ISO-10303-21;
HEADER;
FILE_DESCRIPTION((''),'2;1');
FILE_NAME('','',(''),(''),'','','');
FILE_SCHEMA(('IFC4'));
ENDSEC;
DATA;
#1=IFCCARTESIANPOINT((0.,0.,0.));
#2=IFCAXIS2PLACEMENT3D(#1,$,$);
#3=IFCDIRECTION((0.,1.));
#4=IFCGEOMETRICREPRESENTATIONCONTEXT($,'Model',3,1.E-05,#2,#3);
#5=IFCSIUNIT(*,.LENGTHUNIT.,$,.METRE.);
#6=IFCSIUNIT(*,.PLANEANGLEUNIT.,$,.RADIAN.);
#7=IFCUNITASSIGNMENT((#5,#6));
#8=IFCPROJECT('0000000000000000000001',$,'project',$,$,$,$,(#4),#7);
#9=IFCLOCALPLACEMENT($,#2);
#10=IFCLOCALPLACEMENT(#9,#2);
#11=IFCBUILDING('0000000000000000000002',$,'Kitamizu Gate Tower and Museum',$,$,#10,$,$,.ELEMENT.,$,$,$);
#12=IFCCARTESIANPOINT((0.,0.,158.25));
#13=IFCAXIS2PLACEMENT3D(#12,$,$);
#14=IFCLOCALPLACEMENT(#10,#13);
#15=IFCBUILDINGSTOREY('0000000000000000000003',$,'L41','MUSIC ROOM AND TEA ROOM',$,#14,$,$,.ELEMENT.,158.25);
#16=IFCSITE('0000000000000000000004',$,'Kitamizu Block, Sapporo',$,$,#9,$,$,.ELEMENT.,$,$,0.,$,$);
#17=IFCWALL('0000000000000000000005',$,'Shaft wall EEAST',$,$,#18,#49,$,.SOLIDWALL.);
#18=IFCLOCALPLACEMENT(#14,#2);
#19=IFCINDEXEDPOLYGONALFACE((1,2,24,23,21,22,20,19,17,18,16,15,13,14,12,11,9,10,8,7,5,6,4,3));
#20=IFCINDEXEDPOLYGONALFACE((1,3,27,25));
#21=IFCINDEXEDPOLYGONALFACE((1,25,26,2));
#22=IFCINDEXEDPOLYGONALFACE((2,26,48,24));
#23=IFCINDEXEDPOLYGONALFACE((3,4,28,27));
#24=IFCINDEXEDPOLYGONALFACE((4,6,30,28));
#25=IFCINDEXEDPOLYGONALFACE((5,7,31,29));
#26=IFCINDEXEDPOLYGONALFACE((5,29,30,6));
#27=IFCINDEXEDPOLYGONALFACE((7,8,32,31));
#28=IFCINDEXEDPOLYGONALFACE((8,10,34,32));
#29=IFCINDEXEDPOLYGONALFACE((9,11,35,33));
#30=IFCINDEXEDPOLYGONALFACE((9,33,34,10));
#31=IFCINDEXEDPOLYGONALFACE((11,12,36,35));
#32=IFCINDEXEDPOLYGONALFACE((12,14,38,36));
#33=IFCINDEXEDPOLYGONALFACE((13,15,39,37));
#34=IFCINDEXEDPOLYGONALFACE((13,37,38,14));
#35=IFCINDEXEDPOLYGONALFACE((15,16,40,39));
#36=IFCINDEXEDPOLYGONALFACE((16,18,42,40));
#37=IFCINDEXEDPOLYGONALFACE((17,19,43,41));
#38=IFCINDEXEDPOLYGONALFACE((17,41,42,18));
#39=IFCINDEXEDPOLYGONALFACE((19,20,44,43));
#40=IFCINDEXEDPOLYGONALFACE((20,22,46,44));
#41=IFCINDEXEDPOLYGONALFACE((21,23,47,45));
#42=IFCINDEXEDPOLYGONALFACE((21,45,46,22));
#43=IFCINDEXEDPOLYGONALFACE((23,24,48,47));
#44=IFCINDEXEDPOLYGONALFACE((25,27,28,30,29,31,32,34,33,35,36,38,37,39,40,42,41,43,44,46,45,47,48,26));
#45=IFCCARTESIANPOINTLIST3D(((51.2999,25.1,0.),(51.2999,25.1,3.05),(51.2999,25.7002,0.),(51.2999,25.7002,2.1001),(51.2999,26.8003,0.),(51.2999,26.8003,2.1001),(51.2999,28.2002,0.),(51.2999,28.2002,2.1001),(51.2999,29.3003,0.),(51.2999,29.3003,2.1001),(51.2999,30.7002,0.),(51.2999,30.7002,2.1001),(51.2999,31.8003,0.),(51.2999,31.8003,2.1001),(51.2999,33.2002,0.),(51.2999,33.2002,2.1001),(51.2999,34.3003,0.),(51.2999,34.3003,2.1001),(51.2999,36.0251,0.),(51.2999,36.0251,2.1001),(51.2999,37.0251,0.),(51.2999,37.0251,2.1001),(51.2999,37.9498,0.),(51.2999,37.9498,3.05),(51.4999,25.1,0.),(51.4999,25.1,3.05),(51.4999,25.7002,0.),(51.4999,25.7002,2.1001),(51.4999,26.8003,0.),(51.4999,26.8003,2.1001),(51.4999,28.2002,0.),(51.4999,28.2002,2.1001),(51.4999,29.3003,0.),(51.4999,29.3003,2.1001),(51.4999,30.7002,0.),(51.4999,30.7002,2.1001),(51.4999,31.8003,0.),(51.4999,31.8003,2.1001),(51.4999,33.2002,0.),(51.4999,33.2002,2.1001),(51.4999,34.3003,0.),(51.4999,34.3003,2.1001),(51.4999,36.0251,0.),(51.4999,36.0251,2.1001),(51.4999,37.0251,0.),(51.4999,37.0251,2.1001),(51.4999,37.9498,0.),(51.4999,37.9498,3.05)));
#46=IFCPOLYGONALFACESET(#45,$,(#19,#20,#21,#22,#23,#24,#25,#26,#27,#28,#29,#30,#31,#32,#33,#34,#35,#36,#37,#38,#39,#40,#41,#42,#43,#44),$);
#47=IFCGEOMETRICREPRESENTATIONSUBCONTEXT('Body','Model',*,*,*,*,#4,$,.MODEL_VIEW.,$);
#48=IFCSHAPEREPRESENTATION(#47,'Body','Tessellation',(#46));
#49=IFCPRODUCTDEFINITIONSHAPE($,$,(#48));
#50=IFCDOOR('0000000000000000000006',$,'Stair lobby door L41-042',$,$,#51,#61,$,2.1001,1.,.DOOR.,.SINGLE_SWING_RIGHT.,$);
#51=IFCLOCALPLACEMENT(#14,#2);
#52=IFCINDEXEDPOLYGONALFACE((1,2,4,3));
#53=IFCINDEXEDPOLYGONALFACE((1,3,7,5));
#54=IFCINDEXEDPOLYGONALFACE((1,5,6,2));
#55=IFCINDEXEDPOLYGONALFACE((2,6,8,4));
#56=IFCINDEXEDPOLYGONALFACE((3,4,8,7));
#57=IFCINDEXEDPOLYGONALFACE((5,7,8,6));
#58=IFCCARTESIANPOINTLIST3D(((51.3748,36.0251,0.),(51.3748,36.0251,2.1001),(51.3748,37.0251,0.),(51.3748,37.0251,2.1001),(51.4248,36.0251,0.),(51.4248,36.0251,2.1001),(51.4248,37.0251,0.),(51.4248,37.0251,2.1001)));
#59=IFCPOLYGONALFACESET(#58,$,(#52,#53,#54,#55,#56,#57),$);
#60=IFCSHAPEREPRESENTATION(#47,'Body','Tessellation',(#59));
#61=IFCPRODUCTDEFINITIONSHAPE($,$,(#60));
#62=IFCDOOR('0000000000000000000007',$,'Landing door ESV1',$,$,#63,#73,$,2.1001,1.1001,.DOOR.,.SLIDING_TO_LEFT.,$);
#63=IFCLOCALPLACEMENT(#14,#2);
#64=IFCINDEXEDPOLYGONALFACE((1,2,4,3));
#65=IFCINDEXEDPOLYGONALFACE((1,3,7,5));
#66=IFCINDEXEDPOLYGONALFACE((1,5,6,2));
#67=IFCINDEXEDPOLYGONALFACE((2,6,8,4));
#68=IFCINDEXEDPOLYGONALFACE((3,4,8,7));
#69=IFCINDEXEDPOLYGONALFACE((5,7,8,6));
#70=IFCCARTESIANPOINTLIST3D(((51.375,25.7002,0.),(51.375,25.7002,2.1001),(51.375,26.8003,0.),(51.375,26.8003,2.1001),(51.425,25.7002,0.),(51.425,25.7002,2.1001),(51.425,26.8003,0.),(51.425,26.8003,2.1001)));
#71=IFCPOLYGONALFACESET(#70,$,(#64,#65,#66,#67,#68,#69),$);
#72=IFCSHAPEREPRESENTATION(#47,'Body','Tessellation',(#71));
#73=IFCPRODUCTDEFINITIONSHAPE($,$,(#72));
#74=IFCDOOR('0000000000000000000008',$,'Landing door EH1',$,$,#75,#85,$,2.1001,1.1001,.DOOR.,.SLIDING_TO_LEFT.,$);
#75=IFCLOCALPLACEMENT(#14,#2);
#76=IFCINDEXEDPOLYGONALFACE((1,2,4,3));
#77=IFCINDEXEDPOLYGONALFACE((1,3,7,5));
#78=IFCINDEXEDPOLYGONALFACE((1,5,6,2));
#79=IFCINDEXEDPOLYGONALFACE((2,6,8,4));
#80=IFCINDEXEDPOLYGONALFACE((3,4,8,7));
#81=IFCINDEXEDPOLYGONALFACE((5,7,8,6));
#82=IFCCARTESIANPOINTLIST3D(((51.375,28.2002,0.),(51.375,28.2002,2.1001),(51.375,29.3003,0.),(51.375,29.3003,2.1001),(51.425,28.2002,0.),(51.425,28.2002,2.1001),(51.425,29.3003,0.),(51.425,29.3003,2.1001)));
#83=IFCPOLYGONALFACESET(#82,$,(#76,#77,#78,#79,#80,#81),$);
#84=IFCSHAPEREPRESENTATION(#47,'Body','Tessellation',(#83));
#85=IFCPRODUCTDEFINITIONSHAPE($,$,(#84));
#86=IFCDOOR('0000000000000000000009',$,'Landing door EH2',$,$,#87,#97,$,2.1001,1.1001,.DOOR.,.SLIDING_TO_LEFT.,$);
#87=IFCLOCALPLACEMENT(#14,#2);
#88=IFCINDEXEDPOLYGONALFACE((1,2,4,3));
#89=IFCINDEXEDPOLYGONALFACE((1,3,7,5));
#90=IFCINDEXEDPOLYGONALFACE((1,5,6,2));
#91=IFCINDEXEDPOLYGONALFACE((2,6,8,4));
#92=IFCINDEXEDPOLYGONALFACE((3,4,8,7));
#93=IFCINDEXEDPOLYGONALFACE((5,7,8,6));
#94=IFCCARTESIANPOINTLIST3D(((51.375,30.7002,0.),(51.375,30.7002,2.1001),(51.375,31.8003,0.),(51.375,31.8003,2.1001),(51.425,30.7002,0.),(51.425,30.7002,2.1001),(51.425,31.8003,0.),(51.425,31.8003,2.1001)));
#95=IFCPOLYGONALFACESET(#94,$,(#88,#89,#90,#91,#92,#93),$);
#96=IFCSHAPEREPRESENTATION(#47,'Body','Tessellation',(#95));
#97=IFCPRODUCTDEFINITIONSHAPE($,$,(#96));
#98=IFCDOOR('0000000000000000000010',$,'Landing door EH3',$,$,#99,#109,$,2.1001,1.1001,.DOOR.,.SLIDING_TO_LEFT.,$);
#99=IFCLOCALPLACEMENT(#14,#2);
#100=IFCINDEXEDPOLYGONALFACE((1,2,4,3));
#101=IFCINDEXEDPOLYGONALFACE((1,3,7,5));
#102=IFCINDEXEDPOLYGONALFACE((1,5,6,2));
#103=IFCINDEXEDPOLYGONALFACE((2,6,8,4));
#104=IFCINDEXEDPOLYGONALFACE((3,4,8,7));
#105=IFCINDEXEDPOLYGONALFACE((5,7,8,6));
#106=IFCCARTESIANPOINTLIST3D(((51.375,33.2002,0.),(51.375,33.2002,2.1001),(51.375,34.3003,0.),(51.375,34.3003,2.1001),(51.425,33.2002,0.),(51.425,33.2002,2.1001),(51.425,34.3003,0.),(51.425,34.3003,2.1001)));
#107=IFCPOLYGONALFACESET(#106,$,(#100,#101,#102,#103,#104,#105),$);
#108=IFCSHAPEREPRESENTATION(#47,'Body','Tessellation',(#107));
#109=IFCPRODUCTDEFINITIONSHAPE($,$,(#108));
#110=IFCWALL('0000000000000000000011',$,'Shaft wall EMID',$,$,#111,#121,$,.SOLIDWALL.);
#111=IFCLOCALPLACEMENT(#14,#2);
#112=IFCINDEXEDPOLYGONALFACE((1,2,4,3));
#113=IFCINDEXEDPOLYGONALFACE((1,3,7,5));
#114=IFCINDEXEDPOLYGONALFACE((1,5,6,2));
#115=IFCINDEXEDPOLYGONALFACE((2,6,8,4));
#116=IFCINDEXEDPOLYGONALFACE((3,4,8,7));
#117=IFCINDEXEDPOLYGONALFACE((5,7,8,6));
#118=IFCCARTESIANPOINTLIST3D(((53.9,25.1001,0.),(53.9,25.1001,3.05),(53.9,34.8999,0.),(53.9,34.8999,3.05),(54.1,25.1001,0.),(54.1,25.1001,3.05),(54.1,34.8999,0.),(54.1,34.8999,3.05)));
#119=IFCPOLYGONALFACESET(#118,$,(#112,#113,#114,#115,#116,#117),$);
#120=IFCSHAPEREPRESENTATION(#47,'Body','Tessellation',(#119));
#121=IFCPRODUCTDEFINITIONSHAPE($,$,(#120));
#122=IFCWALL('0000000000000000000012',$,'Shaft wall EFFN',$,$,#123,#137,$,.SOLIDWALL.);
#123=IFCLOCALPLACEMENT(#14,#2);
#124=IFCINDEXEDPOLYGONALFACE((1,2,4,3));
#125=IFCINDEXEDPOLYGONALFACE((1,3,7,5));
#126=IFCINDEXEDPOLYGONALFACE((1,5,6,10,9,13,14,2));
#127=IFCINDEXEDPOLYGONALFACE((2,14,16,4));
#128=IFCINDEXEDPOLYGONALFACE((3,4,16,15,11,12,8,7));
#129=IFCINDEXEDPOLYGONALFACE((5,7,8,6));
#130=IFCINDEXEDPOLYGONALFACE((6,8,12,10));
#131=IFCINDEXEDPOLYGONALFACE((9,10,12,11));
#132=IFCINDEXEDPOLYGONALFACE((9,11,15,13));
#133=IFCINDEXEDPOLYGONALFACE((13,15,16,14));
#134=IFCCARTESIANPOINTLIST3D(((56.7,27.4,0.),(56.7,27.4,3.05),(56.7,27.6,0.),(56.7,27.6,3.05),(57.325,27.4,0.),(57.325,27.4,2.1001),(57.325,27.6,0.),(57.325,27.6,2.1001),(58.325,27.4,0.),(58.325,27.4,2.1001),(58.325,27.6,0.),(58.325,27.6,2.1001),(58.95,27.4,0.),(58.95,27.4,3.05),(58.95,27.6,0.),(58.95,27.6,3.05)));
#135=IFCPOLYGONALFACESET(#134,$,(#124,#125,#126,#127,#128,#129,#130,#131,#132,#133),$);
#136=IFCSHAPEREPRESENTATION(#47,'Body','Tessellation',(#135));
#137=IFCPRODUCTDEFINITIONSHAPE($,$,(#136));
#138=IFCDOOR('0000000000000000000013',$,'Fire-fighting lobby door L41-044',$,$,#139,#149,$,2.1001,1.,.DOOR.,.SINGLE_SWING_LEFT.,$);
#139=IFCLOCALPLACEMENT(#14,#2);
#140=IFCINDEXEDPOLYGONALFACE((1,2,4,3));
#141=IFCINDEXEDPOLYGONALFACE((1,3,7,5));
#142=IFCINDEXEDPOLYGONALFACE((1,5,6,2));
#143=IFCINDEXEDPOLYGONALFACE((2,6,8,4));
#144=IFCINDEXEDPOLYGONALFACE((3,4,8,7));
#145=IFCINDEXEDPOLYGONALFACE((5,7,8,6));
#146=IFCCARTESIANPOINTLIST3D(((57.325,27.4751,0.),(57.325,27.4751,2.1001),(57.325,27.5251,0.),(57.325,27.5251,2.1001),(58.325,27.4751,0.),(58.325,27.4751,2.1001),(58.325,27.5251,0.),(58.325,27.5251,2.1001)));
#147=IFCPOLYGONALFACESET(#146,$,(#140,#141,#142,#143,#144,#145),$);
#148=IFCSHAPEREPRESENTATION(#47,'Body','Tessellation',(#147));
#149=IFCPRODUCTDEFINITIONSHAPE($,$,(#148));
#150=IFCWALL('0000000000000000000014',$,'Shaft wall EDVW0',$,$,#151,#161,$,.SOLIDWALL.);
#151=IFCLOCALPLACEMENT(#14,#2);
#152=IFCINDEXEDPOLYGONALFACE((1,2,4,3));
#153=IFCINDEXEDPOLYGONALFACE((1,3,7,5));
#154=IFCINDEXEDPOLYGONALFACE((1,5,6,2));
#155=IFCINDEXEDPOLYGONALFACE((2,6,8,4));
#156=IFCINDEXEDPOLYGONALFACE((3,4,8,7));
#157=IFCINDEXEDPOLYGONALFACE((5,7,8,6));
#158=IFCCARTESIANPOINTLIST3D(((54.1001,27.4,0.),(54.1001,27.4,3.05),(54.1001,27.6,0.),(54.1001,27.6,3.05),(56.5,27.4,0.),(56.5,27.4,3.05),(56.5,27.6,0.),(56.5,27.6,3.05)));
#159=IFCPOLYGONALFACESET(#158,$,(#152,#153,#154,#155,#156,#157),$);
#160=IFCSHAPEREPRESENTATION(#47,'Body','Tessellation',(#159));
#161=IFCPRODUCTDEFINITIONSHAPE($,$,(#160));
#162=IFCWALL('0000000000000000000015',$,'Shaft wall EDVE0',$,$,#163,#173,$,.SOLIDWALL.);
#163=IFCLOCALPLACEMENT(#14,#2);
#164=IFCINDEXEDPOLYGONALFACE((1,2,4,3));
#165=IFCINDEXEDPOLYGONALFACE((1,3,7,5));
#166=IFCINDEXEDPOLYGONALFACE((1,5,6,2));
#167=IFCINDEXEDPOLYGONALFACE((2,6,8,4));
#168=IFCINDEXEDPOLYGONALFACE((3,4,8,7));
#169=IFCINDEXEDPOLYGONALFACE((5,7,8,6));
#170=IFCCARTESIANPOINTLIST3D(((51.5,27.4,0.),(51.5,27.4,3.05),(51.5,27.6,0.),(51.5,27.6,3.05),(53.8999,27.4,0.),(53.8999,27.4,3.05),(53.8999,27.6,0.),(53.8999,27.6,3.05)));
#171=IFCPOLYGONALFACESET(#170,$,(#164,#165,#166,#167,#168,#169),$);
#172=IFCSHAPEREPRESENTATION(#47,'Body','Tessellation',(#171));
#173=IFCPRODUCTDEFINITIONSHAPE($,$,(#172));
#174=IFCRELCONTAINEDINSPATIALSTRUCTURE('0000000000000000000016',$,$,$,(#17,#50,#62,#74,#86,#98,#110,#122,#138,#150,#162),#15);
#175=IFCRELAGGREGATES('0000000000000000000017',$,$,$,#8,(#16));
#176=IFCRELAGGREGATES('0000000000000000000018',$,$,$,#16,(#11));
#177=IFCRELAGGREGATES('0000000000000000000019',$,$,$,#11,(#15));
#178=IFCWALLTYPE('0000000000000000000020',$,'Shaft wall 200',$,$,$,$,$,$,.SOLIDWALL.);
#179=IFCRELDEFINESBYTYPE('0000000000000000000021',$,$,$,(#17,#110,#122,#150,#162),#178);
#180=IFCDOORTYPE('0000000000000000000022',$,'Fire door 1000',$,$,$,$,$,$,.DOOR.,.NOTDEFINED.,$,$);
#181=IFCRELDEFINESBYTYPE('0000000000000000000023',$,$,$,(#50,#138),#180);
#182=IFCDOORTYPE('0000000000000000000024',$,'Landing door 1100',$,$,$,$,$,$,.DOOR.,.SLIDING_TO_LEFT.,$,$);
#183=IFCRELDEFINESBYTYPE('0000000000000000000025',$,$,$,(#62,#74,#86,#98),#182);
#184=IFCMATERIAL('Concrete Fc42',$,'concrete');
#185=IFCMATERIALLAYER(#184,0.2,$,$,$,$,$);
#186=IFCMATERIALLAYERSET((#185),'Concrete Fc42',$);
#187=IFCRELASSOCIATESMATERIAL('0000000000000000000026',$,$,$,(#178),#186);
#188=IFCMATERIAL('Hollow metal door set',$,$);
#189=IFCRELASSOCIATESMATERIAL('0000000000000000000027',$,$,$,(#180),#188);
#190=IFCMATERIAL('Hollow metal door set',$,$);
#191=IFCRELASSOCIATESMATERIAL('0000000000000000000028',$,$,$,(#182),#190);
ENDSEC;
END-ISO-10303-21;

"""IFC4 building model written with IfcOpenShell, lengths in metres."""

from ifc_helpers import new_model, si_unit, direction, frame, frame_2d, origin, place, context, subcontext, project, spatial, rectangle, extrude, material, layer, layer_set, type_object, element, fill, save


model = new_model("IFC4")

# Units and contexts
model_context = context("Model", 3, precision=1e-05, world=origin(), true_north=direction((0.0, 1.0)))
body_context = subcontext(model_context, "Body", "Model", "MODEL_VIEW")
ifc_project = project(units=[si_unit("LENGTHUNIT", "METRE"), si_unit("PLANEANGLEUNIT", "RADIAN")], contexts=[model_context])

# Site, building, storey
site_placement = place(None, origin())
site = spatial("IfcSite", under=ifc_project, at=site_placement, Name="Kitamizu Block, Sapporo", CompositionType="ELEMENT", RefElevation=0.0)
building_placement = place(site_placement, origin())
building = spatial("IfcBuilding", under=site, at=building_placement, Name="Kitamizu Gate Tower and Museum", CompositionType="ELEMENT")
storey_placement = place(building_placement, frame((0.0, 0.0, 158.25)))
storey = spatial("IfcBuildingStorey", under=building, at=storey_placement, Name="L41", Description="MUSIC ROOM AND TEA ROOM", CompositionType="ELEMENT", Elevation=158.25)

# Wall, openings, doors
ifc_material_1 = material(Name="Concrete Fc42", Category="concrete")
ifc_layer_1 = layer(ifc_material_1, 0.2)
ifc_layer_set_1 = layer_set([ifc_layer_1], Name="Concrete Fc42")
wall_type_1 = type_object("IfcWallType", Name="Shaft wall 200", PredefinedType="SOLIDWALL", material=ifc_layer_set_1)
wall_1_placement = place(storey_placement, frame((51.3999, 25.1001, 0.0), z_axis=(0.0, 0.0, 1.0), x_axis=(0.0, 1.0, 0.0)))
wall_1 = element("IfcWall", 1, at=wall_1_placement, inside=storey, type_object=wall_type_1, Name="Shaft wall EEAST", PredefinedType="SOLIDWALL", context=body_context, shape_type="SweptSolid", body=[
    extrude(rectangle(XDim=12.8499, YDim=0.2, at=frame_2d((6.4248, 0.0))), origin(), (0.0, 0.0, 1.0), 3.05),
])
opening_1_placement = place(wall_1_placement, frame((0.6001, 0.0, 0.0)))
opening_1 = element("IfcOpeningElement", 2, at=opening_1_placement, cuts=wall_1, PredefinedType="OPENING", context=body_context, shape_type="SweptSolid", body=[
    extrude(rectangle(XDim=1.1001, YDim=2.1001, at=frame_2d((0.55, 1.05))), frame((0.0, 0.1099, 0.0), z_axis=(0.0, -1.0, 0.0), x_axis=(1.0, 0.0, 0.0)), (0.0, 0.0, 1.0), 0.22),
])
opening_2_placement = place(wall_1_placement, frame((3.1001, 0.0, 0.0)))
opening_2 = element("IfcOpeningElement", 3, at=opening_2_placement, cuts=wall_1, PredefinedType="OPENING", context=body_context, shape_type="SweptSolid", body=[
    extrude(rectangle(XDim=1.1001, YDim=2.1001, at=frame_2d((0.55, 1.05))), frame((0.0, 0.1099, 0.0), z_axis=(0.0, -1.0, 0.0), x_axis=(1.0, 0.0, 0.0)), (0.0, 0.0, 1.0), 0.22),
])
opening_3_placement = place(wall_1_placement, frame((5.6001, 0.0, 0.0)))
opening_3 = element("IfcOpeningElement", 4, at=opening_3_placement, cuts=wall_1, PredefinedType="OPENING", context=body_context, shape_type="SweptSolid", body=[
    extrude(rectangle(XDim=1.1001, YDim=2.1001, at=frame_2d((0.55, 1.05))), frame((0.0, 0.1099, 0.0), z_axis=(0.0, -1.0, 0.0), x_axis=(1.0, 0.0, 0.0)), (0.0, 0.0, 1.0), 0.22),
])
opening_4_placement = place(wall_1_placement, frame((8.1001, 0.0, 0.0)))
opening_4 = element("IfcOpeningElement", 5, at=opening_4_placement, cuts=wall_1, PredefinedType="OPENING", context=body_context, shape_type="SweptSolid", body=[
    extrude(rectangle(XDim=1.1001, YDim=2.1001, at=frame_2d((0.55, 1.05))), frame((0.0, 0.1099, 0.0), z_axis=(0.0, -1.0, 0.0), x_axis=(1.0, 0.0, 0.0)), (0.0, 0.0, 1.0), 0.22),
])
opening_5_placement = place(wall_1_placement, frame((10.925, 0.0, 0.0)))
opening_5 = element("IfcOpeningElement", 6, at=opening_5_placement, cuts=wall_1, PredefinedType="OPENING", context=body_context, shape_type="SweptSolid", body=[
    extrude(rectangle(XDim=1.0, YDim=2.1001, at=frame_2d((0.5, 1.05))), frame((0.0, 0.1099, 0.0), z_axis=(0.0, -1.0, 0.0), x_axis=(1.0, 0.0, 0.0)), (0.0, 0.0, 1.0), 0.22),
])
ifc_material_2 = material(Name="Hollow metal door set")
door_type_1 = type_object("IfcDoorType", Name="Fire door 1000", OperationType="NOTDEFINED", PredefinedType="DOOR", material=ifc_material_2)
door_1_placement = place(opening_5_placement, frame((1.0, 0.0, 0.0), x_axis=(-1.0, 0.0, 0.0)))
door_1 = element("IfcDoor", 7, at=door_1_placement, inside=storey, type_object=door_type_1, Name="Stair lobby door L41-042", OperationType="SINGLE_SWING_RIGHT", OverallHeight=2.1001, OverallWidth=1.0, PredefinedType="DOOR", context=body_context, shape_type="SweptSolid", body=[
    extrude(rectangle(XDim=1.0, YDim=2.1001, at=frame_2d((0.5, 1.05))), frame((0.0, 0.0249, 0.0), z_axis=(0.0, -1.0, 0.0), x_axis=(1.0, 0.0, 0.0)), (0.0, 0.0, 1.0), 0.05),
])
fill(opening_5, door_1)
ifc_material_3 = material(Name="Hollow metal door set")
door_type_2 = type_object("IfcDoorType", Name="Landing door 1100", OperationType="SLIDING_TO_LEFT", PredefinedType="DOOR", material=ifc_material_3)
door_2_placement = place(opening_1_placement, origin())
door_2 = element("IfcDoor", 8, at=door_2_placement, inside=storey, type_object=door_type_2, Name="Landing door ESV1", OperationType="SLIDING_TO_LEFT", OverallHeight=2.1001, OverallWidth=1.1001, PredefinedType="DOOR", context=body_context, shape_type="SweptSolid", body=[
    extrude(rectangle(XDim=1.1001, YDim=2.1001, at=frame_2d((0.55, 1.05))), frame((0.0, 0.0249, 0.0), z_axis=(0.0, -1.0, 0.0), x_axis=(1.0, 0.0, 0.0)), (0.0, 0.0, 1.0), 0.05),
])
fill(opening_1, door_2)
door_3_placement = place(opening_2_placement, origin())
door_3 = element("IfcDoor", 9, at=door_3_placement, inside=storey, type_object=door_type_2, Name="Landing door EH1", OperationType="SLIDING_TO_LEFT", OverallHeight=2.1001, OverallWidth=1.1001, PredefinedType="DOOR", context=body_context, shape_type="SweptSolid", body=[
    extrude(rectangle(XDim=1.1001, YDim=2.1001, at=frame_2d((0.55, 1.05))), frame((0.0, 0.0249, 0.0), z_axis=(0.0, -1.0, 0.0), x_axis=(1.0, 0.0, 0.0)), (0.0, 0.0, 1.0), 0.05),
])
fill(opening_2, door_3)
door_4_placement = place(opening_3_placement, origin())
door_4 = element("IfcDoor", 10, at=door_4_placement, inside=storey, type_object=door_type_2, Name="Landing door EH2", OperationType="SLIDING_TO_LEFT", OverallHeight=2.1001, OverallWidth=1.1001, PredefinedType="DOOR", context=body_context, shape_type="SweptSolid", body=[
    extrude(rectangle(XDim=1.1001, YDim=2.1001, at=frame_2d((0.55, 1.05))), frame((0.0, 0.0249, 0.0), z_axis=(0.0, -1.0, 0.0), x_axis=(1.0, 0.0, 0.0)), (0.0, 0.0, 1.0), 0.05),
])
fill(opening_3, door_4)
door_5_placement = place(opening_4_placement, origin())
door_5 = element("IfcDoor", 11, at=door_5_placement, inside=storey, type_object=door_type_2, Name="Landing door EH3", OperationType="SLIDING_TO_LEFT", OverallHeight=2.1001, OverallWidth=1.1001, PredefinedType="DOOR", context=body_context, shape_type="SweptSolid", body=[
    extrude(rectangle(XDim=1.1001, YDim=2.1001, at=frame_2d((0.55, 1.05))), frame((0.0, 0.0249, 0.0), z_axis=(0.0, -1.0, 0.0), x_axis=(1.0, 0.0, 0.0)), (0.0, 0.0, 1.0), 0.05),
])
fill(opening_4, door_5)

# Wall
wall_2_placement = place(storey_placement, frame((54.0, 25.1001, 0.0), z_axis=(0.0, 0.0, 1.0), x_axis=(0.0, 1.0, 0.0)))
element("IfcWall", 12, at=wall_2_placement, inside=storey, type_object=wall_type_1, Name="Shaft wall EMID", PredefinedType="SOLIDWALL", context=body_context, shape_type="SweptSolid", body=[
    extrude(rectangle(XDim=9.7998, YDim=0.2, at=frame_2d((4.8999, 0.0))), origin(), (0.0, 0.0, 1.0), 3.05),
])

# Wall, opening, door
wall_3_placement = place(storey_placement, frame((58.95, 27.5, 0.0), z_axis=(0.0, 0.0, 1.0), x_axis=(-1.0, 0.0, 0.0)))
wall_3 = element("IfcWall", 13, at=wall_3_placement, inside=storey, type_object=wall_type_1, Name="Shaft wall EFFN", PredefinedType="SOLIDWALL", context=body_context, shape_type="SweptSolid", body=[
    extrude(rectangle(XDim=2.25, YDim=0.2, at=frame_2d((1.125, 0.0))), origin(), (0.0, 0.0, 1.0), 3.05),
])
opening_6_placement = place(wall_3_placement, frame((0.625, 0.0, 0.0)))
opening_6 = element("IfcOpeningElement", 14, at=opening_6_placement, cuts=wall_3, PredefinedType="OPENING", context=body_context, shape_type="SweptSolid", body=[
    extrude(rectangle(XDim=1.0, YDim=2.1001, at=frame_2d((0.5, 1.05))), frame((0.0, 0.1099, 0.0), z_axis=(0.0, -1.0, 0.0), x_axis=(1.0, 0.0, 0.0)), (0.0, 0.0, 1.0), 0.22),
])
door_6_placement = place(opening_6_placement, origin())
door_6 = element("IfcDoor", 15, at=door_6_placement, inside=storey, type_object=door_type_1, Name="Fire-fighting lobby door L41-044", OperationType="SINGLE_SWING_LEFT", OverallHeight=2.1001, OverallWidth=1.0, PredefinedType="DOOR", context=body_context, shape_type="SweptSolid", body=[
    extrude(rectangle(XDim=1.0, YDim=2.1001, at=frame_2d((0.5, 1.05))), frame((0.0, 0.0249, 0.0), z_axis=(0.0, -1.0, 0.0), x_axis=(1.0, 0.0, 0.0)), (0.0, 0.0, 1.0), 0.05),
])
fill(opening_6, door_6)

# Walls
for number, where, z_axis, x_axis, name in (
    (16, (56.5, 27.5, 0.0), (0.0, 0.0, 1.0), (-1.0, 0.0, 0.0), "Shaft wall EDVW0"),
    (17, (53.8999, 27.5, 0.0), (0.0, 0.0, 1.0), (-1.0, 0.0, 0.0), "Shaft wall EDVE0"),
):
    element("IfcWall", number, at=place(storey_placement, frame(where, z_axis=z_axis, x_axis=x_axis)), inside=storey, type_object=wall_type_1, Name=name, PredefinedType="SOLIDWALL", context=body_context, shape_type="SweptSolid", body=[
        extrude(rectangle(XDim=2.3999, YDim=0.2, at=frame_2d((1.2, 0.0))), origin(), (0.0, 0.0, 1.0), 3.05),
    ])

save(model, "model.ifc")
